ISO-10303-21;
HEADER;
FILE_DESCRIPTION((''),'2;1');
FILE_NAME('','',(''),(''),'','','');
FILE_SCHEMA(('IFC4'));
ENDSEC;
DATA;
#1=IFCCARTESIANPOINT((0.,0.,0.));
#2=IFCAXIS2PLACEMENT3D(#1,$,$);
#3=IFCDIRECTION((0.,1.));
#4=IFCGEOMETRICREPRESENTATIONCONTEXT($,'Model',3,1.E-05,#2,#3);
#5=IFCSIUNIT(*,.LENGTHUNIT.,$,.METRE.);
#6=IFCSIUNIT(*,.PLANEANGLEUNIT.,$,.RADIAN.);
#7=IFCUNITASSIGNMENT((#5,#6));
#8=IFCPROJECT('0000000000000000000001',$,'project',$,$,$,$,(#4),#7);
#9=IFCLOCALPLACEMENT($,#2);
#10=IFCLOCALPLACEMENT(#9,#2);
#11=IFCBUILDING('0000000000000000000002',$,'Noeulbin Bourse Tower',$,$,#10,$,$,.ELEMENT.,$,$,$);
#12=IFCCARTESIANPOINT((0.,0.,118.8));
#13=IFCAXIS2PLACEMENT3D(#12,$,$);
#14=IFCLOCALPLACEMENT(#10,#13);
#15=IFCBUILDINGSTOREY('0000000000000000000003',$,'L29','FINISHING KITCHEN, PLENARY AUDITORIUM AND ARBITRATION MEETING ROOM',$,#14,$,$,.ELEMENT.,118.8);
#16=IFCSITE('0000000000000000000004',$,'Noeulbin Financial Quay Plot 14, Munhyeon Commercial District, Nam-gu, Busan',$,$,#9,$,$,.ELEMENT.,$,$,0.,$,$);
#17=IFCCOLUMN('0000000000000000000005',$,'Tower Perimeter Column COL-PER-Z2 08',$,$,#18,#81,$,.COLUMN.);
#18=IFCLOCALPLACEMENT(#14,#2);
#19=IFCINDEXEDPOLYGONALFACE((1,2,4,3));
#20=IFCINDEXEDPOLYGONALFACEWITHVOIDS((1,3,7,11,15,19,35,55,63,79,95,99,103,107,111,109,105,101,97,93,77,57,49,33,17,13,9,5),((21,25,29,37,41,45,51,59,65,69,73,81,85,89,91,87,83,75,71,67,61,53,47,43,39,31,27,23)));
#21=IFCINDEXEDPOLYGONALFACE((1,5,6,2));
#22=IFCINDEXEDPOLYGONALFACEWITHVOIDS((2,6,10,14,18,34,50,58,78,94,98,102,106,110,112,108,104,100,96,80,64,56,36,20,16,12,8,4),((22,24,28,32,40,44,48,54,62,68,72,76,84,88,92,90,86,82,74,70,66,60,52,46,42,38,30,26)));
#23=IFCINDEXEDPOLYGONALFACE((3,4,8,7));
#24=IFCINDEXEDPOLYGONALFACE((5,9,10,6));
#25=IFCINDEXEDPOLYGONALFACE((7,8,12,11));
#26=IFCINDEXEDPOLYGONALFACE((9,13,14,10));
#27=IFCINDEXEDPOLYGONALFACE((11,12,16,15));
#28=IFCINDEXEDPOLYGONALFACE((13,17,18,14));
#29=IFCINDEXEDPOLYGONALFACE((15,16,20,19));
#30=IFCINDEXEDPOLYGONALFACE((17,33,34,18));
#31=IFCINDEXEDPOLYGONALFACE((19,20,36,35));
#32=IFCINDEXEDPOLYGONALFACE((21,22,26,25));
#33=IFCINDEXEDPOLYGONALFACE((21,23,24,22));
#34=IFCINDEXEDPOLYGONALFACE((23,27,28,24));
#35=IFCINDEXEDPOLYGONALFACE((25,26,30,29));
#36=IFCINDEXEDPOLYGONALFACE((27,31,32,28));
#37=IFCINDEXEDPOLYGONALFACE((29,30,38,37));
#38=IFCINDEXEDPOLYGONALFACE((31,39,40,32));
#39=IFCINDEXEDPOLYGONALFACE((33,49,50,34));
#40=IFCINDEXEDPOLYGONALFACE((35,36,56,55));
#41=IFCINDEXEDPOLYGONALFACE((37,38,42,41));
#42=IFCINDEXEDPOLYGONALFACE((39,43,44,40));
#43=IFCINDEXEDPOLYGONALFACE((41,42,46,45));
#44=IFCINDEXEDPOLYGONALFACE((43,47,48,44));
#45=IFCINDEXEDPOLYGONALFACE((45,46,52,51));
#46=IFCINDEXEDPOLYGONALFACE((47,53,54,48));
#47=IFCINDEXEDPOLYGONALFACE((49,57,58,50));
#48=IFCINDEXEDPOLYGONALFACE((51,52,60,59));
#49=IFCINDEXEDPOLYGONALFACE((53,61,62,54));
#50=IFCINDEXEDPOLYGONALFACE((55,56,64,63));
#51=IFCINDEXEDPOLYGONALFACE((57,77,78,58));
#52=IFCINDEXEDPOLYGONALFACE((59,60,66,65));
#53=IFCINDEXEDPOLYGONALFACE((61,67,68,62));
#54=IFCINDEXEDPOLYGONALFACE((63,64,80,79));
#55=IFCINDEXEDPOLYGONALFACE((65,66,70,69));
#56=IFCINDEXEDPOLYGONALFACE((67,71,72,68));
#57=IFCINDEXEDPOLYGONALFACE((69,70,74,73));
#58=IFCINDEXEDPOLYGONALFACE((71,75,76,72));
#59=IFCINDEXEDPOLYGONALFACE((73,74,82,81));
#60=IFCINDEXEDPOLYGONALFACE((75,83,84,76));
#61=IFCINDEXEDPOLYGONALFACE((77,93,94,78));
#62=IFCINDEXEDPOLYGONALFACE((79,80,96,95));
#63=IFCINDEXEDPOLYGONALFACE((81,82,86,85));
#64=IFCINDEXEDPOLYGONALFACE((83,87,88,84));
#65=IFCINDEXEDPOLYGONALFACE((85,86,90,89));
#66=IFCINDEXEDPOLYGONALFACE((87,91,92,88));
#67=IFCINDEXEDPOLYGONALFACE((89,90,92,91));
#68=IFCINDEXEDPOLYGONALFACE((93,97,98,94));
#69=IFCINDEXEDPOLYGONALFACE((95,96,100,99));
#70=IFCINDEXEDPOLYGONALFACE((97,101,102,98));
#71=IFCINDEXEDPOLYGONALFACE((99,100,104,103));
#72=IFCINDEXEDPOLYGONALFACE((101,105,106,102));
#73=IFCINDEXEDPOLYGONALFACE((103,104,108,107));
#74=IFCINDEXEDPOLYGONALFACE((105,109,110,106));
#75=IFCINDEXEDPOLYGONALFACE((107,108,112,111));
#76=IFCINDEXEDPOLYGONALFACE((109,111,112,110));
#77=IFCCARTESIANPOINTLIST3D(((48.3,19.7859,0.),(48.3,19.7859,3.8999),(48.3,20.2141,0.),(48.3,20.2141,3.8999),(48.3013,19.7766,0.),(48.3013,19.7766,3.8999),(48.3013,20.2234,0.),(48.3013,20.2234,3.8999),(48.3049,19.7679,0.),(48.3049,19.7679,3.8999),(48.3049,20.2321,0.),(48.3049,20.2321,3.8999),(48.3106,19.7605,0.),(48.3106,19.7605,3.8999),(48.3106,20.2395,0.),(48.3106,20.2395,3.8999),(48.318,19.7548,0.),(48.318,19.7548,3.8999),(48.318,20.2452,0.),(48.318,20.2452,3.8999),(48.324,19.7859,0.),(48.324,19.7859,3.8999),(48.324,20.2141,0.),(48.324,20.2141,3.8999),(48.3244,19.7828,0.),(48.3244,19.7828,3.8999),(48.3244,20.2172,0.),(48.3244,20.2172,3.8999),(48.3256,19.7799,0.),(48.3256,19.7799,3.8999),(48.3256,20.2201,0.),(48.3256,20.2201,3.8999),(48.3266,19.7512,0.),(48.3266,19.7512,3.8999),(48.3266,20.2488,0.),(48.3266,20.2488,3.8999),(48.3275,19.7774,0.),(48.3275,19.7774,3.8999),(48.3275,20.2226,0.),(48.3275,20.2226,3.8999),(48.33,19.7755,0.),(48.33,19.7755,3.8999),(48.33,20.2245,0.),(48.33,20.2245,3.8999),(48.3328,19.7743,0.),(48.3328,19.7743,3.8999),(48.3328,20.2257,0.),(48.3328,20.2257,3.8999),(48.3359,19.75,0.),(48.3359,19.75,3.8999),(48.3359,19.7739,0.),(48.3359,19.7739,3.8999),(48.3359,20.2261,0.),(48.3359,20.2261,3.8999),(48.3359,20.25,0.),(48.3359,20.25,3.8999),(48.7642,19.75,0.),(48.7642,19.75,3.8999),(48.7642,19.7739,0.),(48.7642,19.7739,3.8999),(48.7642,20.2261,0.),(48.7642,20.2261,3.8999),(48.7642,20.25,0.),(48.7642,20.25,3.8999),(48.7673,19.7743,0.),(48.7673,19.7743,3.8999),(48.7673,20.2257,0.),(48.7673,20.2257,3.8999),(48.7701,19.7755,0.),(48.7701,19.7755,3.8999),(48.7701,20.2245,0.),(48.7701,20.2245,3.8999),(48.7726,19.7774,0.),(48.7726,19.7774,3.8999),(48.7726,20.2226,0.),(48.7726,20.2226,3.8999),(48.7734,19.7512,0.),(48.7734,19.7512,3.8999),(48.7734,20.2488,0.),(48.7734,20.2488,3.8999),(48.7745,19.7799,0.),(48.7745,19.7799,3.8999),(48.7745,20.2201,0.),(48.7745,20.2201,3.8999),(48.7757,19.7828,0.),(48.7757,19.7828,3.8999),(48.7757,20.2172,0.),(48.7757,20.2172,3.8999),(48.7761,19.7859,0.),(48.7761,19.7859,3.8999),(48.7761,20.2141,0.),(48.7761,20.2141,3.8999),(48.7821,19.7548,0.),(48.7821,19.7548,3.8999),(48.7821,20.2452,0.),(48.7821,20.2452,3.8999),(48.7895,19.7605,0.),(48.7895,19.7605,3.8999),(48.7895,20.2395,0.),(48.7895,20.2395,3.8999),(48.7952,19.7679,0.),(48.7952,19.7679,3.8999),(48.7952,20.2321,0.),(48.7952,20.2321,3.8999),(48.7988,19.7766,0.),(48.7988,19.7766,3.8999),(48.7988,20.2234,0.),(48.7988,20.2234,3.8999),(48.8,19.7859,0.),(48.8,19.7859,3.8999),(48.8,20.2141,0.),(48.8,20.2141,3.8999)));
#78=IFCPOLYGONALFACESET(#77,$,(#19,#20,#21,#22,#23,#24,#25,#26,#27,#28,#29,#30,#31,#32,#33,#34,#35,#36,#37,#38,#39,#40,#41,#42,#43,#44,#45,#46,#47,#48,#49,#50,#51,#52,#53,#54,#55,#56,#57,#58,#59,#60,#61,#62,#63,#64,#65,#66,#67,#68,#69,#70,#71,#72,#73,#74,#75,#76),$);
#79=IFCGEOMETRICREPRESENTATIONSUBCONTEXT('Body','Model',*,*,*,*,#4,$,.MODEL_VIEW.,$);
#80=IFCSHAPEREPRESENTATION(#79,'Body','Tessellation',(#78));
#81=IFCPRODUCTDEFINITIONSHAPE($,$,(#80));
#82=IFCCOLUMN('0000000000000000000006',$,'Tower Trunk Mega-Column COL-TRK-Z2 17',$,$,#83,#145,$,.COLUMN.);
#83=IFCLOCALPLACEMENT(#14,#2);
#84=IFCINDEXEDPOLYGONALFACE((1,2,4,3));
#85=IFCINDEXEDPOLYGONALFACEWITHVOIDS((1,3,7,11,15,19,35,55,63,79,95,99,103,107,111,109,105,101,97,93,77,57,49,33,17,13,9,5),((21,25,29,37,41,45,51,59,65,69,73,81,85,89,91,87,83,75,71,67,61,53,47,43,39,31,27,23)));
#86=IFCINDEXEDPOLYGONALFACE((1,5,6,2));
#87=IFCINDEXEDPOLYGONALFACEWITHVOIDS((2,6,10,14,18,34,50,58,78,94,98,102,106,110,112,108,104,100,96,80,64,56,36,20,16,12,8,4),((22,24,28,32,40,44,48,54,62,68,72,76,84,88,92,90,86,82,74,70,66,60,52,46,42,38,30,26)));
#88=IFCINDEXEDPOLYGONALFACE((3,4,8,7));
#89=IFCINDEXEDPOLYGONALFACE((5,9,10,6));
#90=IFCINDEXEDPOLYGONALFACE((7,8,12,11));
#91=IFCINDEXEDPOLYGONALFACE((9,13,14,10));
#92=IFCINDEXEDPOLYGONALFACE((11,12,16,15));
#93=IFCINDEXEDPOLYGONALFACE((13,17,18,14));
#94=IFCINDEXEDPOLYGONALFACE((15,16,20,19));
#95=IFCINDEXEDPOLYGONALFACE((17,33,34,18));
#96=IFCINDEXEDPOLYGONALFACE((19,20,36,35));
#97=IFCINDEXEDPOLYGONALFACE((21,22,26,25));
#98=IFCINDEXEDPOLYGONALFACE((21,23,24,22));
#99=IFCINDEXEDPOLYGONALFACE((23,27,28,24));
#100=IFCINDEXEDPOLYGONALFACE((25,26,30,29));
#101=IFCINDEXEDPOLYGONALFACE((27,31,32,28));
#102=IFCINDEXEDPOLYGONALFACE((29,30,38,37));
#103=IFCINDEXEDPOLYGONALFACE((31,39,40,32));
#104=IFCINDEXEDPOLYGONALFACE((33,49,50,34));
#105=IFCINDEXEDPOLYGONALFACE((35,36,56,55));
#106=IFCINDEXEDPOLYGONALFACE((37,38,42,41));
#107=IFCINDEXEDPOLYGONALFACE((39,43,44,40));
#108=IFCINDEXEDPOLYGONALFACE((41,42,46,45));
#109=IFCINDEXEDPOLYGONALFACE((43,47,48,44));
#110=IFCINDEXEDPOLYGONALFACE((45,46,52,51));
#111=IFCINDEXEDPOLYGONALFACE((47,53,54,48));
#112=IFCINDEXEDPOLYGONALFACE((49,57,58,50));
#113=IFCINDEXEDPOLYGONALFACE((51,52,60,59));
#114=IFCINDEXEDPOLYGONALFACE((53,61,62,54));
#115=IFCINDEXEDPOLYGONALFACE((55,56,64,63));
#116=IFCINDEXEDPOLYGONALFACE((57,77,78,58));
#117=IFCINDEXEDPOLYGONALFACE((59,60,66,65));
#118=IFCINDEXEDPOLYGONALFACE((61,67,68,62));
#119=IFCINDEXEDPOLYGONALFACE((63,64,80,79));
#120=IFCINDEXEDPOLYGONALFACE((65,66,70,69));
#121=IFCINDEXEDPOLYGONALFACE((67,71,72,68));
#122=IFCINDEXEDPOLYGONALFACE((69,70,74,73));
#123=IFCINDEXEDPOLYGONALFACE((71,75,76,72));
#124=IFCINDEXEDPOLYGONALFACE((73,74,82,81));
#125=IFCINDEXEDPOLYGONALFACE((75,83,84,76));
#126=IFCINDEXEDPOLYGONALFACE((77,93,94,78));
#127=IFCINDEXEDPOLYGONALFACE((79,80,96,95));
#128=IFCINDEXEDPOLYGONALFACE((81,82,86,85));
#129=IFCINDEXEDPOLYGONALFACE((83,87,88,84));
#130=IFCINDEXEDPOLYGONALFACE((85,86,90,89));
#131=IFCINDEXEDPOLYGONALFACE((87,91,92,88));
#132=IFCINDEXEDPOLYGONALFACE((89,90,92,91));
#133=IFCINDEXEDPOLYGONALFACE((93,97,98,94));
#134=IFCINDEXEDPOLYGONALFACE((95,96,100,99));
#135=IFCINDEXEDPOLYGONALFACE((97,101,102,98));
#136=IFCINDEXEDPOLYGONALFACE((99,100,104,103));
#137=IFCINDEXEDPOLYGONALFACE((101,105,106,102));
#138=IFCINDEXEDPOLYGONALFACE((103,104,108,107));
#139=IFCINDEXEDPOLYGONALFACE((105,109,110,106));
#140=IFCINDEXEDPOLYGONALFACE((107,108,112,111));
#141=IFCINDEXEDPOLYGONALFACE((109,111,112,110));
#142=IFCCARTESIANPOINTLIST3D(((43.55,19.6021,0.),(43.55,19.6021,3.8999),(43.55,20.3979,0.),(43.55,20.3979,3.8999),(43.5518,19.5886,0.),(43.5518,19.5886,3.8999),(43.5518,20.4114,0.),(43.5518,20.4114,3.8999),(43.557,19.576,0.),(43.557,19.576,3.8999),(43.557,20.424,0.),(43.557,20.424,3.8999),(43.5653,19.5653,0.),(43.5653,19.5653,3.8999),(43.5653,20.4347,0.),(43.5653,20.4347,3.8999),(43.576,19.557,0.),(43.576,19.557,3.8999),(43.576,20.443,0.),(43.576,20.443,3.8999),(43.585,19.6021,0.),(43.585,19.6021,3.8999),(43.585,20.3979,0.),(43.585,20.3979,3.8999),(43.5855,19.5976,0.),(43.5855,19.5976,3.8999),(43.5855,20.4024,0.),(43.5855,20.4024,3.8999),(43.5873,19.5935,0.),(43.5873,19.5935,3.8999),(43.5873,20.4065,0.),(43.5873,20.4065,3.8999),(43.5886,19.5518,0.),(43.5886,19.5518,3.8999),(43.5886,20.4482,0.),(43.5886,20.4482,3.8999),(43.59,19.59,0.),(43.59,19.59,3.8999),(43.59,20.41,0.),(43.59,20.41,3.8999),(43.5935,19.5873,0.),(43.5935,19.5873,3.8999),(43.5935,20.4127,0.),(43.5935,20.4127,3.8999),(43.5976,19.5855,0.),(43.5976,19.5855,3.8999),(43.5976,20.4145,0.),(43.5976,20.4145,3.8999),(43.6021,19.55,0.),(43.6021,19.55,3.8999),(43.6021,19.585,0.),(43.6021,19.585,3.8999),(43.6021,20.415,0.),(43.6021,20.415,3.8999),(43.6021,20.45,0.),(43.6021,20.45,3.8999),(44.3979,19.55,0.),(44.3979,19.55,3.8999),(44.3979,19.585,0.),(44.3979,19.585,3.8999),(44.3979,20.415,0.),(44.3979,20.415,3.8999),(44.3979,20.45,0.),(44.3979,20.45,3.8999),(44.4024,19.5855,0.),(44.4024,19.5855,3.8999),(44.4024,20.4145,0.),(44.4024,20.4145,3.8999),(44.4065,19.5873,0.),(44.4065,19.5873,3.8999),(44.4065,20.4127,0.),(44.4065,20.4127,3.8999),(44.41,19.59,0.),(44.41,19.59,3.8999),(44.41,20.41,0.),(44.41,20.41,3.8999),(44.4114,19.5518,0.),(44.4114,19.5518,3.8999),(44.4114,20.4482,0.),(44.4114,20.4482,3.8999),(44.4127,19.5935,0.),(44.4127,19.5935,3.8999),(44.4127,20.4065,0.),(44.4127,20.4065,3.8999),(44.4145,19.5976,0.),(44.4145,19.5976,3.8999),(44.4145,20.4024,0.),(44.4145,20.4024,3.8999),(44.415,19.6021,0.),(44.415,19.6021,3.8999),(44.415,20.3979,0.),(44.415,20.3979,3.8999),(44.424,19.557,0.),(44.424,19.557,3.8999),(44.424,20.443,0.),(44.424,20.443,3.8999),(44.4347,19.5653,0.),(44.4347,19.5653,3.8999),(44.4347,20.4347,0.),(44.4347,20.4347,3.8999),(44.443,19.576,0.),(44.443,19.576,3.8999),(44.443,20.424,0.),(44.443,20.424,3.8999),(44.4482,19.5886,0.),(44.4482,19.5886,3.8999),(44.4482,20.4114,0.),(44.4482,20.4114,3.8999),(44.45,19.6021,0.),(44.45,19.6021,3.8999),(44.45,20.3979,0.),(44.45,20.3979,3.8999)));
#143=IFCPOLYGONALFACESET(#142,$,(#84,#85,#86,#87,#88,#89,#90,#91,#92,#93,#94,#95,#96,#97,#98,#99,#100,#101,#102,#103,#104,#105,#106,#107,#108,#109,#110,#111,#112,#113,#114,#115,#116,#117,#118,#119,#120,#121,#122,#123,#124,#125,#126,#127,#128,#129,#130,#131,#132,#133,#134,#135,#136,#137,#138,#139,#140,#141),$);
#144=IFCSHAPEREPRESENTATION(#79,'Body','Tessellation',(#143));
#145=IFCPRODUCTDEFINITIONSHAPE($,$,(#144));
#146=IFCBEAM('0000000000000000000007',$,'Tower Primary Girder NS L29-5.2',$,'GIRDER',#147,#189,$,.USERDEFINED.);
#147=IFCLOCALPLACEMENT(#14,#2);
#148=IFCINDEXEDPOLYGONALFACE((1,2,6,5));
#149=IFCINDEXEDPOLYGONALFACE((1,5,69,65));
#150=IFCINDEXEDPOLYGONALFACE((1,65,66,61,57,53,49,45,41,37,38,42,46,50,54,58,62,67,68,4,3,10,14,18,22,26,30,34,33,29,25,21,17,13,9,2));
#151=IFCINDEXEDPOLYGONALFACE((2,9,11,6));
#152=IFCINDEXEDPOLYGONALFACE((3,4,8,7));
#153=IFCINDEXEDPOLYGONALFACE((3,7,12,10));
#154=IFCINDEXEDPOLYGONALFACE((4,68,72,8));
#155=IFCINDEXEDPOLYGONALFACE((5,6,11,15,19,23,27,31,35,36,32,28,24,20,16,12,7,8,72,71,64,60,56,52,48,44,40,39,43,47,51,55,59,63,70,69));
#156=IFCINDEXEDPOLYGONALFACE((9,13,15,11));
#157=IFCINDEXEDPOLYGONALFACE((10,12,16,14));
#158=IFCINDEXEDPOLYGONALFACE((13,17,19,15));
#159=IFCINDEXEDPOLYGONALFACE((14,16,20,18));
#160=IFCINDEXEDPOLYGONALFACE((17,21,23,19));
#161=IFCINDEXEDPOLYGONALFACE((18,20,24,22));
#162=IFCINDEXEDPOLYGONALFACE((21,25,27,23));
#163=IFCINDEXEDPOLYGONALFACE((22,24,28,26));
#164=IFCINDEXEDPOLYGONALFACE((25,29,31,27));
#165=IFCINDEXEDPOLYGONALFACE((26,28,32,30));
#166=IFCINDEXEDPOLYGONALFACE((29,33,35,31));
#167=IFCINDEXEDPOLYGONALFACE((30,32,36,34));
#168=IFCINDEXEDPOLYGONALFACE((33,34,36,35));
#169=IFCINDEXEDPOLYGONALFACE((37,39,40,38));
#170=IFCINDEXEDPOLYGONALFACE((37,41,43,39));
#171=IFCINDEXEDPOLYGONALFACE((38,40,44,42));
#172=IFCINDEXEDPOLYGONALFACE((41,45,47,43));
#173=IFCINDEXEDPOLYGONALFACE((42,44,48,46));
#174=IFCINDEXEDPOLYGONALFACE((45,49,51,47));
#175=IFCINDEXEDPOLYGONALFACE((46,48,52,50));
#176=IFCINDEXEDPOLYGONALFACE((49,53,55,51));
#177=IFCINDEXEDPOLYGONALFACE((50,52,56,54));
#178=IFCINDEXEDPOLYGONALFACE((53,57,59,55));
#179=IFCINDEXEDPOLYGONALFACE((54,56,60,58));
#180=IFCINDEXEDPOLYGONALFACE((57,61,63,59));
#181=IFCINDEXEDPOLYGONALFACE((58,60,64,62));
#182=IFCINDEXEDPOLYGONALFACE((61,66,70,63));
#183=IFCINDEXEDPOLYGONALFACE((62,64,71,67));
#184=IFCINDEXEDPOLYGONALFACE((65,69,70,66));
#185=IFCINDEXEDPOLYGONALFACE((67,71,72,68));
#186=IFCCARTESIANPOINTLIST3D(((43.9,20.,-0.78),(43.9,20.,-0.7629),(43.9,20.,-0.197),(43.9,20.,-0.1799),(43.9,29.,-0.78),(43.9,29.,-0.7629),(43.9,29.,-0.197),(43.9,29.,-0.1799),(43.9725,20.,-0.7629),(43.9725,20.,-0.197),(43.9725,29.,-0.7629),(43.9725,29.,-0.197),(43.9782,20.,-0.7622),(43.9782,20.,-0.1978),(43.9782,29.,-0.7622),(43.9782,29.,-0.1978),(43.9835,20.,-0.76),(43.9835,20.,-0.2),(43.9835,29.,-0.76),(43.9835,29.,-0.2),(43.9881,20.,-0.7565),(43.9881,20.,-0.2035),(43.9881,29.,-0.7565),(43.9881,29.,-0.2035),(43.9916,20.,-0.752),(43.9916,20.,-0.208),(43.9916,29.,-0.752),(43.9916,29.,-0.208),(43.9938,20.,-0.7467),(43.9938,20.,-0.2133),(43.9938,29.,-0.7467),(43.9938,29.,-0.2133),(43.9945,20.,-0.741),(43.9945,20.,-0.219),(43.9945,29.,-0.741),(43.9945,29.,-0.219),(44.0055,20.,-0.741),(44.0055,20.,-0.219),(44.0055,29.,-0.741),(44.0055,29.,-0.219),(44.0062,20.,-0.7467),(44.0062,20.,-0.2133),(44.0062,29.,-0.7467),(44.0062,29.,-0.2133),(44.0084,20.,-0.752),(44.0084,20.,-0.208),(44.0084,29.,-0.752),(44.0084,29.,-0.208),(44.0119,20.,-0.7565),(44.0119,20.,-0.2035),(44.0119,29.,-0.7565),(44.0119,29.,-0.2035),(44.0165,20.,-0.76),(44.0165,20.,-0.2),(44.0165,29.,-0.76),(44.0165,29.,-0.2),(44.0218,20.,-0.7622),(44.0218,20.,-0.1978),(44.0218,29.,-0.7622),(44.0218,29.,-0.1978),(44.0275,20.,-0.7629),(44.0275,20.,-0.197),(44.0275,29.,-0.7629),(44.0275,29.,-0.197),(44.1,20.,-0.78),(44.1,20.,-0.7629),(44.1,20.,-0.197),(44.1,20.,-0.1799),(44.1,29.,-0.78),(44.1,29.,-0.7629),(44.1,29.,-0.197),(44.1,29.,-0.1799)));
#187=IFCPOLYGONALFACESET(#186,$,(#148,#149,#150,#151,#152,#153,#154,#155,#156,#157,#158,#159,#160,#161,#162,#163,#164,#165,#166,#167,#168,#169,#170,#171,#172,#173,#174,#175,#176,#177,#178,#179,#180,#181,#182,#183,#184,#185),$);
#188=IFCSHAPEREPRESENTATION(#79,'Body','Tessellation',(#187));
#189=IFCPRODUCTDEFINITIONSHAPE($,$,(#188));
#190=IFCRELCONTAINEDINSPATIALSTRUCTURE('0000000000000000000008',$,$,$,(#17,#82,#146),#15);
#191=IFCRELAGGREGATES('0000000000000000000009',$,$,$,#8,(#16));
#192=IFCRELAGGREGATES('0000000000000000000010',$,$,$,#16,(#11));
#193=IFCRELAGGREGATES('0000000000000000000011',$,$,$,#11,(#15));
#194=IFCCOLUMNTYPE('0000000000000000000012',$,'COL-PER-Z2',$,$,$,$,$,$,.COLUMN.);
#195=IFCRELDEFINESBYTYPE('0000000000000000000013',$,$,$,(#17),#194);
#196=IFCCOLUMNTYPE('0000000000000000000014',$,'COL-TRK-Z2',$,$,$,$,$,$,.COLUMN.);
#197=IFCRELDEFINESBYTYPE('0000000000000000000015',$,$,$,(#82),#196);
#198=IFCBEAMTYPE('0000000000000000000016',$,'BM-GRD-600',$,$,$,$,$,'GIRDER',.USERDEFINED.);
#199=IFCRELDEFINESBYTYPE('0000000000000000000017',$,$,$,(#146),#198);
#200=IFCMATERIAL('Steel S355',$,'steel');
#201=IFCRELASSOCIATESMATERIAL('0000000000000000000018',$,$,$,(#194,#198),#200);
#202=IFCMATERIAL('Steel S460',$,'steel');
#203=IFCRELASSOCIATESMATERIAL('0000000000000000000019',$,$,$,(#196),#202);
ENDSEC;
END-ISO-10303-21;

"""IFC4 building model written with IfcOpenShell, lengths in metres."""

from ifc_helpers import new_model, si_unit, direction, frame, origin, origin_2d, place, context, subcontext, project, spatial, hollow_rectangle, i_section, extrude, material, material_profile, profile_set, type_object, element, save


model = new_model("IFC4")

# Units and contexts
model_context = context("Model", 3, precision=1e-05, world=origin(), true_north=direction((0.0, 1.0)))
body_context = subcontext(model_context, "Body", "Model", "MODEL_VIEW")
ifc_project = project(units=[si_unit("LENGTHUNIT", "METRE"), si_unit("PLANEANGLEUNIT", "RADIAN")], contexts=[model_context])

# Site, building, storey
site_placement = place(None, origin())
site = spatial("IfcSite", under=ifc_project, at=site_placement, Name="Noeulbin Financial Quay Plot 14, Munhyeon Commercial District, Nam-gu, Busan", CompositionType="ELEMENT", RefElevation=0.0)
building_placement = place(site_placement, origin())
building = spatial("IfcBuilding", under=site, at=building_placement, Name="Noeulbin Bourse Tower", CompositionType="ELEMENT")
storey_placement = place(building_placement, frame((0.0, 0.0, 118.8)))
storey = spatial("IfcBuildingStorey", under=building, at=storey_placement, Name="L29", Description="FINISHING KITCHEN, PLENARY AUDITORIUM AND ARBITRATION MEETING ROOM", CompositionType="ELEMENT", Elevation=118.8)

# Columns
ifc_material_1 = material(Name="Steel S355", Category="steel")
ifc_material_profile_1 = material_profile(ifc_material_1, hollow_rectangle(XDim=0.5, YDim=0.5, WallThickness=0.0239, InnerFilletRadius=0.012, OuterFilletRadius=0.0359, at=origin_2d()), Name="BOX-500x500x24", Category="LoadBearing")
ifc_profile_set_1 = profile_set([ifc_material_profile_1], Name="Steel S355")
column_type_1 = type_object("IfcColumnType", Name="COL-PER-Z2", PredefinedType="COLUMN", material=ifc_profile_set_1)
column_1_placement = place(storey_placement, frame((48.55, 20.0, 0.0), z_axis=(0.0, 0.0, 1.0), x_axis=(1.0, 0.0, 0.0)))
element("IfcColumn", 1, at=column_1_placement, inside=storey, type_object=column_type_1, Name="Tower Perimeter Column COL-PER-Z2 08", PredefinedType="COLUMN", context=body_context, shape_type="SweptSolid", body=[
    extrude(hollow_rectangle(XDim=0.5, YDim=0.5, WallThickness=0.0239, InnerFilletRadius=0.012, OuterFilletRadius=0.0359, at=origin_2d()), origin(), (0.0, 0.0, 1.0), 3.8999),
])
ifc_material_2 = material(Name="Steel S460", Category="steel")
ifc_material_profile_2 = material_profile(ifc_material_2, hollow_rectangle(XDim=0.8999, YDim=0.8999, WallThickness=0.0349, InnerFilletRadius=0.0171, OuterFilletRadius=0.052, at=origin_2d()), Name="BOX-900x900x35", Category="LoadBearing")
ifc_profile_set_2 = profile_set([ifc_material_profile_2], Name="Steel S460")
column_type_2 = type_object("IfcColumnType", Name="COL-TRK-Z2", PredefinedType="COLUMN", material=ifc_profile_set_2)
column_2_placement = place(storey_placement, frame((44.0, 20.0, 0.0), z_axis=(0.0, 0.0, 1.0), x_axis=(1.0, 0.0, 0.0)))
element("IfcColumn", 2, at=column_2_placement, inside=storey, type_object=column_type_2, Name="Tower Trunk Mega-Column COL-TRK-Z2 17", PredefinedType="COLUMN", context=body_context, shape_type="SweptSolid", body=[
    extrude(hollow_rectangle(XDim=0.8999, YDim=0.8999, WallThickness=0.0349, InnerFilletRadius=0.0171, OuterFilletRadius=0.052, at=origin_2d()), origin(), (0.0, 0.0, 1.0), 3.8999),
])

# Beam
ifc_material_profile_3 = material_profile(ifc_material_1, i_section(OverallWidth=0.2, OverallDepth=0.6001, WebThickness=0.011, FlangeThickness=0.0171, FilletRadius=0.022, at=origin_2d()), Name="H-600x200x11x17", Category="LoadBearing")
ifc_profile_set_3 = profile_set([ifc_material_profile_3], Name="Steel S355")
beam_type_1 = type_object("IfcBeamType", Name="BM-GRD-600", ElementType="GIRDER", PredefinedType="USERDEFINED", material=ifc_profile_set_3)
beam_1_placement = place(storey_placement, frame((44.0, 20.0, -0.48), z_axis=(0.0, 1.0, 0.0), x_axis=(-1.0, 0.0, 0.0)))
element("IfcBeam", 3, at=beam_1_placement, inside=storey, type_object=beam_type_1, Name="Tower Primary Girder NS L29-5.2", ObjectType="GIRDER", PredefinedType="USERDEFINED", context=body_context, shape_type="SweptSolid", body=[
    extrude(i_section(OverallWidth=0.2, OverallDepth=0.6001, WebThickness=0.011, FlangeThickness=0.0171, FilletRadius=0.022, at=origin_2d()), origin(), (0.0, 0.0, 1.0), 9.0),
])

save(model, "model.ifc")
